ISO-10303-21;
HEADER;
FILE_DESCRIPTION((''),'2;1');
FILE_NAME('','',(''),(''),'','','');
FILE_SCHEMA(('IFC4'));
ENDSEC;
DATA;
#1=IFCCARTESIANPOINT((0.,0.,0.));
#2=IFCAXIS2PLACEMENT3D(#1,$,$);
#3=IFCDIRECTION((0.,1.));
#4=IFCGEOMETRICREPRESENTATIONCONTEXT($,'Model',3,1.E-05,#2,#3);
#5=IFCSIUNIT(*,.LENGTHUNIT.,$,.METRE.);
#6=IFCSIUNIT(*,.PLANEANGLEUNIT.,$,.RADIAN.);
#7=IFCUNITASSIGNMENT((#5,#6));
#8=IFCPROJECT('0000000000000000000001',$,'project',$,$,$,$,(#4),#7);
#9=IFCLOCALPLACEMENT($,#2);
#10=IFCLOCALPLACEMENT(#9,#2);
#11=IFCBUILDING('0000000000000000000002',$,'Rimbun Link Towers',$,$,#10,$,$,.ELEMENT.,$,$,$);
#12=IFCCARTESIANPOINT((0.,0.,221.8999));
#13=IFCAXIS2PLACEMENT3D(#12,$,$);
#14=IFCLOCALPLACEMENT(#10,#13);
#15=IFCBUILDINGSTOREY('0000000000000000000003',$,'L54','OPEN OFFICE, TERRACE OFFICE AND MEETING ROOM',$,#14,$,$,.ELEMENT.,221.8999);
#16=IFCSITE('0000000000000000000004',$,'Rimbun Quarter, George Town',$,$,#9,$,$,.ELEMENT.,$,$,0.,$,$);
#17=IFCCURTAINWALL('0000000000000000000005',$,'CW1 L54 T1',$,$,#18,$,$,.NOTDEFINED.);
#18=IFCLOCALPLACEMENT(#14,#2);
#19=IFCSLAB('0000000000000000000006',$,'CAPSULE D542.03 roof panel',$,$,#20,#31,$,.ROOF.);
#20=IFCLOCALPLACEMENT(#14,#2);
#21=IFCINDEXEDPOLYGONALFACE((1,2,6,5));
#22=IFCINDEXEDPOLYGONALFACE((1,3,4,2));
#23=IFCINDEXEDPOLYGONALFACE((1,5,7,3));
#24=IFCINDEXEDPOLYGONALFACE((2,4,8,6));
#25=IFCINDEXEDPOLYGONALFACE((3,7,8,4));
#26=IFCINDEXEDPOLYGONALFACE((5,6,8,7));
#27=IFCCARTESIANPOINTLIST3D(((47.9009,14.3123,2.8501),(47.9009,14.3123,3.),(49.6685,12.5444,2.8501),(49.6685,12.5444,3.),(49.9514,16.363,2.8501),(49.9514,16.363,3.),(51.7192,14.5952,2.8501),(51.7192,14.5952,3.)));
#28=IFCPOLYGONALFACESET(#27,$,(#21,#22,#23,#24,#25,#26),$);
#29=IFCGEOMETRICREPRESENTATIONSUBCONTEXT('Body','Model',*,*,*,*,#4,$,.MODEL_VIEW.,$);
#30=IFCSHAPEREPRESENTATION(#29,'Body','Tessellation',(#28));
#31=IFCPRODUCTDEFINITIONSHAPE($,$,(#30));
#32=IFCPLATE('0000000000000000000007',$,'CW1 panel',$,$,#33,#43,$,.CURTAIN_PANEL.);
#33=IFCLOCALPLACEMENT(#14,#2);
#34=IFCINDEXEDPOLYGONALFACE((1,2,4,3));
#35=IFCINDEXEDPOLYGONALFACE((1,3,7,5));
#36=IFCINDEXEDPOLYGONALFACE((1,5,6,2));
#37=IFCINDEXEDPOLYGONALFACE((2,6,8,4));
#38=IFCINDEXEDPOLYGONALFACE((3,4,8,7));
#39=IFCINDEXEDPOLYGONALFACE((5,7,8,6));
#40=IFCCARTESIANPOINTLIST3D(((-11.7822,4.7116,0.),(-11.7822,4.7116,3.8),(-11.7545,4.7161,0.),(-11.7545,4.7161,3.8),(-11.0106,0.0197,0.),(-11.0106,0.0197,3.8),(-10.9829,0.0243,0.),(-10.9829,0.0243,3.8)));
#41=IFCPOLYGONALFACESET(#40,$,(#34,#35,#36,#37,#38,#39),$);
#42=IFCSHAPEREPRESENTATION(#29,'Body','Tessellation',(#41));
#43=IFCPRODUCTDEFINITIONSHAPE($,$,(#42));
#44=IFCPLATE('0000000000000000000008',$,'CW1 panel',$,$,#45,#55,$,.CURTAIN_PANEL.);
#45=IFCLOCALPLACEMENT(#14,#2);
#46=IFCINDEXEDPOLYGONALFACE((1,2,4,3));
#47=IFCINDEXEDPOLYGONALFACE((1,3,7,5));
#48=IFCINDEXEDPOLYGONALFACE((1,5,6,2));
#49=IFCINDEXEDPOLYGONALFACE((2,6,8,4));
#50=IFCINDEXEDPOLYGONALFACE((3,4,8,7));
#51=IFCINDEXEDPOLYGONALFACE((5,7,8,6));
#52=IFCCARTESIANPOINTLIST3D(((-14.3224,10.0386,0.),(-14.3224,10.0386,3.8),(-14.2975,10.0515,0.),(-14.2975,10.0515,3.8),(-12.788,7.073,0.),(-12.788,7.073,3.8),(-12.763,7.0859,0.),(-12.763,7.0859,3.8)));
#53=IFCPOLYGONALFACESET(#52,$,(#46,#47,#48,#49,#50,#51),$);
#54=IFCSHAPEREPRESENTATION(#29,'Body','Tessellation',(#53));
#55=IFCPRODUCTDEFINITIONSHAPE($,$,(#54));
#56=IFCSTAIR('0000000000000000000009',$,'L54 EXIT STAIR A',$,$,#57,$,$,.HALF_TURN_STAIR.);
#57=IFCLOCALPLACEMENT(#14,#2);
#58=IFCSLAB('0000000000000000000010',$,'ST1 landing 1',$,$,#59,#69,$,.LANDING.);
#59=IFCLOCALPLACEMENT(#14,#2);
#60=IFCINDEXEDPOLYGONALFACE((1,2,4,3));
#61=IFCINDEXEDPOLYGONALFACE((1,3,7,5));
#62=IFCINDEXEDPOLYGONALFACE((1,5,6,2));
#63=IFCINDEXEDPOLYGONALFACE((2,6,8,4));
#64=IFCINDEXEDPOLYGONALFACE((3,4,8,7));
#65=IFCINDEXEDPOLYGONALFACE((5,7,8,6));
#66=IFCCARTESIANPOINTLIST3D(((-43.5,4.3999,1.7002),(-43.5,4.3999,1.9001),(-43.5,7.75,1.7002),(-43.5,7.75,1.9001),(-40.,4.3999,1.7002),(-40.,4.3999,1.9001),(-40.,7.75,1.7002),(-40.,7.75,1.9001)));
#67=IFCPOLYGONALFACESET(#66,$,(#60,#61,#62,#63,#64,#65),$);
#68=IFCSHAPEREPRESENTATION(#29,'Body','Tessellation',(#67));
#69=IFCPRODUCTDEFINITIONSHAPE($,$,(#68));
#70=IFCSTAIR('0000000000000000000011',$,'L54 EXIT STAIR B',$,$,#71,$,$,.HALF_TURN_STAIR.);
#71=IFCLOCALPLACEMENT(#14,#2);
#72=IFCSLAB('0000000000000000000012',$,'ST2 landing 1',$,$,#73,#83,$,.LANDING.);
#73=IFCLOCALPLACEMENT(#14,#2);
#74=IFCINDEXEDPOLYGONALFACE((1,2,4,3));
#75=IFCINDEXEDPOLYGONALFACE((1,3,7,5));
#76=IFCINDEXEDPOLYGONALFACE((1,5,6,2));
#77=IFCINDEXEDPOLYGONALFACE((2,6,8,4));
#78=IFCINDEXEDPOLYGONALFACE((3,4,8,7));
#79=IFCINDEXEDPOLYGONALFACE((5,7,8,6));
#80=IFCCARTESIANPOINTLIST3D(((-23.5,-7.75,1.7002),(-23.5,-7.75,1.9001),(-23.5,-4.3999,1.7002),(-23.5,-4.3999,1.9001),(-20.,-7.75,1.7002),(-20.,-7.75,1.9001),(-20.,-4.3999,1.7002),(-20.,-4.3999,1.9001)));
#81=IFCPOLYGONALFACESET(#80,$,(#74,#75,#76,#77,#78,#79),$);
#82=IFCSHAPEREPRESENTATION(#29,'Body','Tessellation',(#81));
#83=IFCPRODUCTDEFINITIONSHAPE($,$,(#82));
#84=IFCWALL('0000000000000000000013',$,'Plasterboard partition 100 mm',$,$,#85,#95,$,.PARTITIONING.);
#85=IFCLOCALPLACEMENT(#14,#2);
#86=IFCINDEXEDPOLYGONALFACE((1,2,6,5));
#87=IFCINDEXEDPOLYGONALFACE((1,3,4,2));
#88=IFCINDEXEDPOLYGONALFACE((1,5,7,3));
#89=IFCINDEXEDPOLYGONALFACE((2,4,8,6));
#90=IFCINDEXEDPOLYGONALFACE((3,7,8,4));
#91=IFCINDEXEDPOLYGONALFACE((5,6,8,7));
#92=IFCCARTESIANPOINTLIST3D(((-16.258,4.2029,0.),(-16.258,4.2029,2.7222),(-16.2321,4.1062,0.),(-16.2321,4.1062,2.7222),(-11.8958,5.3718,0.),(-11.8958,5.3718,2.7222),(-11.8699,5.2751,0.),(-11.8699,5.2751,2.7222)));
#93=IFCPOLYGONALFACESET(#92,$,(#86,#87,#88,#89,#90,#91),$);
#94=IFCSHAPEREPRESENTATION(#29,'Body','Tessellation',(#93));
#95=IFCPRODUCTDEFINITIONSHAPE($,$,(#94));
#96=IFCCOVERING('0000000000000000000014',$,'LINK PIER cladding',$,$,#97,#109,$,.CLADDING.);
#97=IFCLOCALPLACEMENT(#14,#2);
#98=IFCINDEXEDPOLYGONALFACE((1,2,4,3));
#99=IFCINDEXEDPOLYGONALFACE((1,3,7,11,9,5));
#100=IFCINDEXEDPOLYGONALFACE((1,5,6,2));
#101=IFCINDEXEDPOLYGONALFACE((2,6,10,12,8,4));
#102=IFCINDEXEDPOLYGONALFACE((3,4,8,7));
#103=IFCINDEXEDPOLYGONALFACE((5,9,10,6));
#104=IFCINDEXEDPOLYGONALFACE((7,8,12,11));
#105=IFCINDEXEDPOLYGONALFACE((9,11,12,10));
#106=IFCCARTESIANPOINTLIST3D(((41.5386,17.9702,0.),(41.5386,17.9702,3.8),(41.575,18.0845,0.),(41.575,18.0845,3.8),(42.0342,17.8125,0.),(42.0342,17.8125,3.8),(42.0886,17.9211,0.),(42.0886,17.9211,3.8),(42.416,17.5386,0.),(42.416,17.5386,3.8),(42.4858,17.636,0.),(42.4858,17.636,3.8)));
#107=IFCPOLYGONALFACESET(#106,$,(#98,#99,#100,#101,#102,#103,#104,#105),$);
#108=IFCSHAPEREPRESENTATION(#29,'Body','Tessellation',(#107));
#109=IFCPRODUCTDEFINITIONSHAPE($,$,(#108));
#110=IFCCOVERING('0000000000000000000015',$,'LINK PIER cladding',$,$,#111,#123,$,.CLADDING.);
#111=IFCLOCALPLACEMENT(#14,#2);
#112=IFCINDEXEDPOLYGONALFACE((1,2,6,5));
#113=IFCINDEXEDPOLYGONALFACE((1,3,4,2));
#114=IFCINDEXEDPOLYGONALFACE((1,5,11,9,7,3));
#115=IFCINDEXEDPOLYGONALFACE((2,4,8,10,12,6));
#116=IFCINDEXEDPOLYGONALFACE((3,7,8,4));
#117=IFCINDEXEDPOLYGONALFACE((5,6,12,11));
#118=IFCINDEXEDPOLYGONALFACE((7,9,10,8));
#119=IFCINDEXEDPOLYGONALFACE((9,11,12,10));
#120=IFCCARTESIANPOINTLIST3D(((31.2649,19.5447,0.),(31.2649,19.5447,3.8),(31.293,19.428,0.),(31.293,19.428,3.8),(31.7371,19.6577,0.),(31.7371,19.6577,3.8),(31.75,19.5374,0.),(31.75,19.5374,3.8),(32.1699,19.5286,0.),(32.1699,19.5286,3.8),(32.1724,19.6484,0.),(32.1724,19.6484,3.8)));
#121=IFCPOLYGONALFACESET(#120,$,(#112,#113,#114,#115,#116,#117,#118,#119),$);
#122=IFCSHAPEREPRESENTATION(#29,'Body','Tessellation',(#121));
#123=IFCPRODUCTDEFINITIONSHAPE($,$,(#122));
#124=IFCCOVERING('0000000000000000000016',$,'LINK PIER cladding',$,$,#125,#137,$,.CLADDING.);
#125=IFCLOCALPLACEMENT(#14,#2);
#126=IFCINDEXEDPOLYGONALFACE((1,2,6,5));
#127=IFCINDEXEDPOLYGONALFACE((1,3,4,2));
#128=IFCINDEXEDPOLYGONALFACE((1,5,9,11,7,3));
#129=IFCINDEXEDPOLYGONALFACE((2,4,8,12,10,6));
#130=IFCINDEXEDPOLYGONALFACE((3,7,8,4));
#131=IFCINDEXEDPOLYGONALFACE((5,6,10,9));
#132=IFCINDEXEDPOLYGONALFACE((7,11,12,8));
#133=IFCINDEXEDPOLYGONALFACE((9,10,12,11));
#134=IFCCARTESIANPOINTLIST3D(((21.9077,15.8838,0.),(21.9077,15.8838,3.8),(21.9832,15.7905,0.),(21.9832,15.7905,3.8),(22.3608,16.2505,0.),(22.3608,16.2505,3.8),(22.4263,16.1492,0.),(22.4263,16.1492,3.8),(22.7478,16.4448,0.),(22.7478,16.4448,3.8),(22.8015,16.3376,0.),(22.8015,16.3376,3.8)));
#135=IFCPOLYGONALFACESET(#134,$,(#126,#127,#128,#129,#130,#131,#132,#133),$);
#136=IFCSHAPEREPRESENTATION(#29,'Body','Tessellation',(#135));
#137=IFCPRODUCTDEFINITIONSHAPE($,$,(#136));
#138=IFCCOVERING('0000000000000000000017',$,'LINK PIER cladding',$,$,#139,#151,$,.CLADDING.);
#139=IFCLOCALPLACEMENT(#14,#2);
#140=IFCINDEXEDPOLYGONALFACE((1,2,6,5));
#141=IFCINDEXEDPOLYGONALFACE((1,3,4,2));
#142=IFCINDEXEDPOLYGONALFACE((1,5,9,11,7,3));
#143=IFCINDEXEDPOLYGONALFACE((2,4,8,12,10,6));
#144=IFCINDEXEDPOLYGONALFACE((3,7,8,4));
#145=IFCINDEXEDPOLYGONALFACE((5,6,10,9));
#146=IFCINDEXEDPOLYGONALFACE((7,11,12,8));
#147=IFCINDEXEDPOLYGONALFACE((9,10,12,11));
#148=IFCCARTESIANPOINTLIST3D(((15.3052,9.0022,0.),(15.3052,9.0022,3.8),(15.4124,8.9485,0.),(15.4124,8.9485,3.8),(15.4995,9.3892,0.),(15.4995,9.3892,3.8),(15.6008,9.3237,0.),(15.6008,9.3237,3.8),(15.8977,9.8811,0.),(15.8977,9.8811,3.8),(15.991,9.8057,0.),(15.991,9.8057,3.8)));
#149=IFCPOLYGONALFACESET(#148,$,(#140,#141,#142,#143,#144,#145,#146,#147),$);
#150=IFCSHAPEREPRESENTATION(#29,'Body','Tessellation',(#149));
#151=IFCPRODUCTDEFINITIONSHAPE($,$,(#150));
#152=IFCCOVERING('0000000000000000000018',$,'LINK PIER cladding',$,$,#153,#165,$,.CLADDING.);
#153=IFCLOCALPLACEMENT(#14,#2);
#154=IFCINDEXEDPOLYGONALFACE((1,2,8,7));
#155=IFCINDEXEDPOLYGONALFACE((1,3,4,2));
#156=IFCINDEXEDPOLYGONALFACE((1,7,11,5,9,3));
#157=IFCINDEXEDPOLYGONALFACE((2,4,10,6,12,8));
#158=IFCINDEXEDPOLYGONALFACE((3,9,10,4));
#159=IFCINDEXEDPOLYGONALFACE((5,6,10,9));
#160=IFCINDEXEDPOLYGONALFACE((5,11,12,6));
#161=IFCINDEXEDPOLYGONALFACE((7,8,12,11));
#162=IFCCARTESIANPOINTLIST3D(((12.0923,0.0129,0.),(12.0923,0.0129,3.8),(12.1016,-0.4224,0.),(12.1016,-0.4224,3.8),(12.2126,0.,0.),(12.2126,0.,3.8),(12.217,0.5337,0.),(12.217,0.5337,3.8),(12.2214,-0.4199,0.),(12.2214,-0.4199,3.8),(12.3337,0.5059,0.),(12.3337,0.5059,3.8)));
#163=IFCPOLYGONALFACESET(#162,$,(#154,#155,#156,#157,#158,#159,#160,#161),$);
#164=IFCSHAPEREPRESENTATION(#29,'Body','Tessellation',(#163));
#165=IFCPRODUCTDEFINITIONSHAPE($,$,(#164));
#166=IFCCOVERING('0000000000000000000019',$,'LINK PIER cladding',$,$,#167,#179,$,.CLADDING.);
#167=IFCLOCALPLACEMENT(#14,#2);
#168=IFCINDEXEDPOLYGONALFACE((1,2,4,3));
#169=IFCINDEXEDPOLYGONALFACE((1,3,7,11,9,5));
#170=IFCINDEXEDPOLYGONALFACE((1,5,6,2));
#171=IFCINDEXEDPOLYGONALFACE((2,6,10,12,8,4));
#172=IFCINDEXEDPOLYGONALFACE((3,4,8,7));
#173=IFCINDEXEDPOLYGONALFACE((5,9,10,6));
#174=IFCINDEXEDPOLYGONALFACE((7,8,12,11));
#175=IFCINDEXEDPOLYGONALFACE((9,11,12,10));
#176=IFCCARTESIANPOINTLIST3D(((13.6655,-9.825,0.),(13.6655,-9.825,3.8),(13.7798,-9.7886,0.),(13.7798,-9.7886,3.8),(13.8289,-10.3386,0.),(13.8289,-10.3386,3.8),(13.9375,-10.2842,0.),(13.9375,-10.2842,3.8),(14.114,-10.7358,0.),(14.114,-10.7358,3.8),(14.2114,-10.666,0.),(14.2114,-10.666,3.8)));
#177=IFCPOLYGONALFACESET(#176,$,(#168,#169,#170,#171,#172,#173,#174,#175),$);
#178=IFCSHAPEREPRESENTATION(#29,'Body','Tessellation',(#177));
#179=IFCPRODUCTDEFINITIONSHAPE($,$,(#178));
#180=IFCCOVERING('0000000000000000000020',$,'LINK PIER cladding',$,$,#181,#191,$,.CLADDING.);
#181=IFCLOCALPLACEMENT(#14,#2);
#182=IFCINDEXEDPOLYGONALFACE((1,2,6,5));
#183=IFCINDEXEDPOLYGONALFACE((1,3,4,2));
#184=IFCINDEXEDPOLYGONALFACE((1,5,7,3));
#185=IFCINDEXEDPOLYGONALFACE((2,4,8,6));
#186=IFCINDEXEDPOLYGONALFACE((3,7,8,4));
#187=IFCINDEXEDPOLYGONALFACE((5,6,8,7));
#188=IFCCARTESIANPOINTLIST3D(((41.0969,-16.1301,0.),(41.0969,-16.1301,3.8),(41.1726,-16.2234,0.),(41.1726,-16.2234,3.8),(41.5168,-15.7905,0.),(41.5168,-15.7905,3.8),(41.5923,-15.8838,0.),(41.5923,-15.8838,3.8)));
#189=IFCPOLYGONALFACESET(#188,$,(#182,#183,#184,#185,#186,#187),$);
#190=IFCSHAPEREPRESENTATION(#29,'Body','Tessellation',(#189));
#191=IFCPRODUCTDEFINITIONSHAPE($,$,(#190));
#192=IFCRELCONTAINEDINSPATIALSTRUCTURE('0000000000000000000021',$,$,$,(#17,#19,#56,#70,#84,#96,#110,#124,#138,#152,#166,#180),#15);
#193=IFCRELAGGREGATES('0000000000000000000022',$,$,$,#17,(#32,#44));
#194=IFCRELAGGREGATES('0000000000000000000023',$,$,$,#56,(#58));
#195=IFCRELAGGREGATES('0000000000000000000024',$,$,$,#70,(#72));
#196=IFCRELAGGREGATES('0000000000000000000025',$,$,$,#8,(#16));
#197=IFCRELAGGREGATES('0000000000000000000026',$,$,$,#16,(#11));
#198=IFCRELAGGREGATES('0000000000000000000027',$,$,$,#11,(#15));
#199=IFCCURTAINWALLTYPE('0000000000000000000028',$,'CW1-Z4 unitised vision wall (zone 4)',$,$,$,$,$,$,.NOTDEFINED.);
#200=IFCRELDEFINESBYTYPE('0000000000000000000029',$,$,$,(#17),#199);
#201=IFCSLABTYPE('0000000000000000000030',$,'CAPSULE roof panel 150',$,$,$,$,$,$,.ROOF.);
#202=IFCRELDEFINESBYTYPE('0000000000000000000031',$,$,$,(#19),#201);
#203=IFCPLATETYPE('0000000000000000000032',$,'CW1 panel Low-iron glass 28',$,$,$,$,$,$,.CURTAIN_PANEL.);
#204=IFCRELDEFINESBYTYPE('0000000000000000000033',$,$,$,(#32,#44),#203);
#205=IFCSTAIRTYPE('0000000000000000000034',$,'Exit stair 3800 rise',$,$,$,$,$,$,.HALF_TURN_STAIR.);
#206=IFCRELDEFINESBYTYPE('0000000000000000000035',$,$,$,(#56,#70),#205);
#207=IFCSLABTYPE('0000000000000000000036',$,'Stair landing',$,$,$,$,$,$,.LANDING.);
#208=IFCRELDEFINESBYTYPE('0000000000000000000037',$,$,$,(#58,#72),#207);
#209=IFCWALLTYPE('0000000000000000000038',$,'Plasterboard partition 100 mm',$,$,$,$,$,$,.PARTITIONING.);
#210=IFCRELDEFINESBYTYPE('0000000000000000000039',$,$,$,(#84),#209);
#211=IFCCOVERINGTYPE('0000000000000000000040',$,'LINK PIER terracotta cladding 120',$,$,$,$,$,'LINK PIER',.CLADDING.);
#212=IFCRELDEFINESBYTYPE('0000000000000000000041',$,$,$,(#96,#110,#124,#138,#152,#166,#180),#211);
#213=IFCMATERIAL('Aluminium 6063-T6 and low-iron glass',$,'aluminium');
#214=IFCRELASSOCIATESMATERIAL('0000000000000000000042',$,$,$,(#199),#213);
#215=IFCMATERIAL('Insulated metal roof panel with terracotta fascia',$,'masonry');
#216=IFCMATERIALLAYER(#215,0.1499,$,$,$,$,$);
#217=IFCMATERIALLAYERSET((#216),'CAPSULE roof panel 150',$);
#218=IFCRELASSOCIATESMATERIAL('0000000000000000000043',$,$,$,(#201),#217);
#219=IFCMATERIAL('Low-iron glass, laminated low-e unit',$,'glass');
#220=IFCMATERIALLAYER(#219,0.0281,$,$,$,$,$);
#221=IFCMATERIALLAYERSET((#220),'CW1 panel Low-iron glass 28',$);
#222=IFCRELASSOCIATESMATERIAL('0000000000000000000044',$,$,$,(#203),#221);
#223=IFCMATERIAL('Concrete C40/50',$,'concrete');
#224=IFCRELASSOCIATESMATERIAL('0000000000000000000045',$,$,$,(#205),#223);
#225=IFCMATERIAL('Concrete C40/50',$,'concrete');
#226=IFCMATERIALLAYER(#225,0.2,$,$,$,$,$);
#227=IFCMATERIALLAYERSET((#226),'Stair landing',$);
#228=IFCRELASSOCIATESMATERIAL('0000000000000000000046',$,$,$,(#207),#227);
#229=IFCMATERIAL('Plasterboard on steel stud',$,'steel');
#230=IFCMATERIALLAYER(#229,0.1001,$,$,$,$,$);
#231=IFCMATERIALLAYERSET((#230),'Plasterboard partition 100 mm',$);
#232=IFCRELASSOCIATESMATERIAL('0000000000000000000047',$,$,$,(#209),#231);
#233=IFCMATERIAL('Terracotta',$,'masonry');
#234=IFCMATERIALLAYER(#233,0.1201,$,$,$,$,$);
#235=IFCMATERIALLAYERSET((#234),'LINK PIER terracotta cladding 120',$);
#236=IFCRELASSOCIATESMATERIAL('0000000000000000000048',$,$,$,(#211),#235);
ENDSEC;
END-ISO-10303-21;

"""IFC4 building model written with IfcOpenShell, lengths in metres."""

from ifc_helpers import new_model, si_unit, direction, frame, frame_2d, origin, origin_2d, place, context, subcontext, project, spatial, polyline, rectangle, outline, extrude, material, layer, layer_set, type_object, element, aggregate, save


model = new_model("IFC4")

# Units and contexts
model_context = context("Model", 3, precision=1e-05, world=origin(), true_north=direction((0.0, 1.0)))
body_context = subcontext(model_context, "Body", "Model", "MODEL_VIEW")
ifc_project = project(units=[si_unit("LENGTHUNIT", "METRE"), si_unit("PLANEANGLEUNIT", "RADIAN")], contexts=[model_context])

# Site, building, storey
site_placement = place(None, origin())
site = spatial("IfcSite", under=ifc_project, at=site_placement, Name="Rimbun Quarter, George Town", CompositionType="ELEMENT", RefElevation=0.0)
building_placement = place(site_placement, origin())
building = spatial("IfcBuilding", under=site, at=building_placement, Name="Rimbun Link Towers", CompositionType="ELEMENT")
storey_placement = place(building_placement, frame((0.0, 0.0, 221.8999)))
storey = spatial("IfcBuildingStorey", under=building, at=storey_placement, Name="L54", Description="OPEN OFFICE, TERRACE OFFICE AND MEETING ROOM", CompositionType="ELEMENT", Elevation=221.8999)

# Curtain wall
ifc_material_1 = material(Name="Aluminium 6063-T6 and low-iron glass", Category="aluminium")
curtain_wall_type = type_object("IfcCurtainWallType", Name="CW1-Z4 unitised vision wall (zone 4)", PredefinedType="NOTDEFINED", material=ifc_material_1)
curtain_wall_placement = place(storey_placement, origin())
curtain_wall = element("IfcCurtainWall", 1, at=curtain_wall_placement, inside=storey, type_object=curtain_wall_type, Name="CW1 L54 T1", PredefinedType="NOTDEFINED")

# Slab
ifc_material_2 = material(Name="Insulated metal roof panel with terracotta fascia", Category="masonry")
ifc_layer_1 = layer(ifc_material_2, 0.1499)
ifc_layer_set_1 = layer_set([ifc_layer_1], Name="CAPSULE roof panel 150")
slab_type_1 = type_object("IfcSlabType", Name="CAPSULE roof panel 150", PredefinedType="ROOF", material=ifc_layer_set_1)
slab_1_placement = place(storey_placement, frame((0.0, 0.0, 2.8501)))
element("IfcSlab", 2, at=slab_1_placement, inside=storey, type_object=slab_type_1, Name="CAPSULE D542.03 roof panel", PredefinedType="ROOF", context=body_context, shape_type="SweptSolid", body=[
    extrude(outline(polyline([(51.7192, 14.5952), (49.9514, 16.363), (47.9009, 14.3123), (49.6685, 12.5444), (51.7192, 14.5952)])), origin(), (0.0, 0.0, 1.0), 0.1499),
])

# Plates
ifc_material_3 = material(Name="Low-iron glass, laminated low-e unit", Category="glass")
ifc_layer_2 = layer(ifc_material_3, 0.0281)
ifc_layer_set_2 = layer_set([ifc_layer_2], Name="CW1 panel Low-iron glass 28")
plate_type = type_object("IfcPlateType", Name="CW1 panel Low-iron glass 28", PredefinedType="CURTAIN_PANEL", material=ifc_layer_set_2)
plate_1_placement = place(storey_placement, frame((-11.3826, 2.3679, 0.0), z_axis=(0.0, 0.0, 1.0), x_axis=(0.162264, -0.986747, 0.0)))
plate_1 = element("IfcPlate", 3, at=plate_1_placement, type_object=plate_type, Name="CW1 panel", PredefinedType="CURTAIN_PANEL", context=body_context, shape_type="SweptSolid", body=[
    extrude(rectangle(XDim=4.7549, YDim=0.0281, at=origin_2d()), origin(), (0.0, 0.0, 1.0), 3.8),
])
plate_2_placement = place(storey_placement, frame((-13.5427, 8.5623, 0.0), z_axis=(0.0, 0.0, 1.0), x_axis=(0.459548, -0.888153, 0.0)))
plate_2 = element("IfcPlate", 4, at=plate_2_placement, type_object=plate_type, Name="CW1 panel", PredefinedType="CURTAIN_PANEL", context=body_context, shape_type="SweptSolid", body=[
    extrude(rectangle(XDim=3.3391, YDim=0.0281, at=origin_2d()), origin(), (0.0, 0.0, 1.0), 3.8),
])
aggregate(curtain_wall, [plate_1, plate_2])

# Stairs, slabs
ifc_material_4 = material(Name="Concrete C40/50", Category="concrete")
stair_type = type_object("IfcStairType", Name="Exit stair 3800 rise", PredefinedType="HALF_TURN_STAIR", material=ifc_material_4)
stair_1_placement = place(storey_placement, origin())
stair_1 = element("IfcStair", 5, at=stair_1_placement, inside=storey, type_object=stair_type, Name="L54 EXIT STAIR A", PredefinedType="HALF_TURN_STAIR")
ifc_material_5 = material(Name="Concrete C40/50", Category="concrete")
ifc_layer_3 = layer(ifc_material_5, 0.2)
ifc_layer_set_3 = layer_set([ifc_layer_3], Name="Stair landing")
slab_type_2 = type_object("IfcSlabType", Name="Stair landing", PredefinedType="LANDING", material=ifc_layer_set_3)
slab_2_placement = place(storey_placement, frame((0.0, 0.0, 1.7002)))
slab_2 = element("IfcSlab", 6, at=slab_2_placement, type_object=slab_type_2, Name="ST1 landing 1", PredefinedType="LANDING", context=body_context, shape_type="SweptSolid", body=[
    extrude(outline(polyline([(-40.0, 7.75), (-43.5, 7.75), (-43.5, 4.3999), (-40.0, 4.3999), (-40.0, 7.75)])), origin(), (0.0, 0.0, 1.0), 0.2),
])
aggregate(stair_1, [slab_2])
stair_2_placement = place(storey_placement, origin())
stair_2 = element("IfcStair", 7, at=stair_2_placement, inside=storey, type_object=stair_type, Name="L54 EXIT STAIR B", PredefinedType="HALF_TURN_STAIR")
slab_3_placement = place(storey_placement, frame((0.0, 0.0, 1.7002)))
slab_3 = element("IfcSlab", 8, at=slab_3_placement, type_object=slab_type_2, Name="ST2 landing 1", PredefinedType="LANDING", context=body_context, shape_type="SweptSolid", body=[
    extrude(outline(polyline([(-23.5, -7.75), (-20.0, -7.75), (-20.0, -4.3999), (-23.5, -4.3999), (-23.5, -7.75)])), origin(), (0.0, 0.0, 1.0), 0.2),
])
aggregate(stair_2, [slab_3])

# Wall
ifc_material_6 = material(Name="Plasterboard on steel stud", Category="steel")
ifc_layer_4 = layer(ifc_material_6, 0.1001)
ifc_layer_set_4 = layer_set([ifc_layer_4], Name="Plasterboard partition 100 mm")
wall_type = type_object("IfcWallType", Name="Plasterboard partition 100 mm", PredefinedType="PARTITIONING", material=ifc_layer_set_4)
wall_placement = place(storey_placement, frame((-11.8828, 5.3235, 0.0), z_axis=(0.0, 0.0, 1.0), x_axis=(-0.965922, -0.258833, 0.0)))
element("IfcWall", 9, at=wall_placement, inside=storey, type_object=wall_type, Name="Plasterboard partition 100 mm", PredefinedType="PARTITIONING", context=body_context, shape_type="SweptSolid", body=[
    extrude(rectangle(XDim=4.5161, YDim=0.1001, at=frame_2d((2.2581, 0.0))), origin(), (0.0, 0.0, 1.0), 2.7222),
])

# Coverings
ifc_material_7 = material(Name="Terracotta", Category="masonry")
ifc_layer_5 = layer(ifc_material_7, 0.1201)
ifc_layer_set_5 = layer_set([ifc_layer_5], Name="LINK PIER terracotta cladding 120")
covering_type_1 = type_object("IfcCoveringType", Name="LINK PIER terracotta cladding 120", ElementType="LINK PIER", PredefinedType="CLADDING", material=ifc_layer_set_5)
covering_1_placement = place(storey_placement, origin())
element("IfcCovering", 10, at=covering_1_placement, inside=storey, type_object=covering_type_1, Name="LINK PIER cladding", PredefinedType="CLADDING", context=body_context, shape_type="SweptSolid", body=[
    extrude(outline(polyline([(41.5386, 17.9702), (42.0342, 17.8125), (42.416, 17.5386), (42.4858, 17.636), (42.0886, 17.9211), (41.575, 18.0845), (41.5386, 17.9702)])), origin(), (0.0, 0.0, 1.0), 3.8),
])
covering_2_placement = place(storey_placement, origin())
element("IfcCovering", 11, at=covering_2_placement, inside=storey, type_object=covering_type_1, Name="LINK PIER cladding", PredefinedType="CLADDING", context=body_context, shape_type="SweptSolid", body=[
    extrude(outline(polyline([(31.293, 19.428), (31.75, 19.5374), (32.1699, 19.5286), (32.1724, 19.6484), (31.7371, 19.6577), (31.2649, 19.5447), (31.293, 19.428)])), origin(), (0.0, 0.0, 1.0), 3.8),
])
covering_3_placement = place(storey_placement, origin())
element("IfcCovering", 12, at=covering_3_placement, inside=storey, type_object=covering_type_1, Name="LINK PIER cladding", PredefinedType="CLADDING", context=body_context, shape_type="SweptSolid", body=[
    extrude(outline(polyline([(21.9832, 15.7905), (22.4263, 16.1492), (22.8015, 16.3376), (22.7478, 16.4448), (22.3608, 16.2505), (21.9077, 15.8838), (21.9832, 15.7905)])), origin(), (0.0, 0.0, 1.0), 3.8),
])
covering_4_placement = place(storey_placement, origin())
element("IfcCovering", 13, at=covering_4_placement, inside=storey, type_object=covering_type_1, Name="LINK PIER cladding", PredefinedType="CLADDING", context=body_context, shape_type="SweptSolid", body=[
    extrude(outline(polyline([(15.4124, 8.9485), (15.6008, 9.3237), (15.991, 9.8057), (15.8977, 9.8811), (15.4995, 9.3892), (15.3052, 9.0022), (15.4124, 8.9485)])), origin(), (0.0, 0.0, 1.0), 3.8),
])
covering_5_placement = place(storey_placement, origin())
element("IfcCovering", 14, at=covering_5_placement, inside=storey, type_object=covering_type_1, Name="LINK PIER cladding", PredefinedType="CLADDING", context=body_context, shape_type="SweptSolid", body=[
    extrude(outline(polyline([(12.2214, -0.4199), (12.2126, 0.0), (12.3337, 0.5059), (12.217, 0.5337), (12.0923, 0.0129), (12.1016, -0.4224), (12.2214, -0.4199)])), origin(), (0.0, 0.0, 1.0), 3.8),
])
covering_6_placement = place(storey_placement, origin())
element("IfcCovering", 15, at=covering_6_placement, inside=storey, type_object=covering_type_1, Name="LINK PIER cladding", PredefinedType="CLADDING", context=body_context, shape_type="SweptSolid", body=[
    extrude(outline(polyline([(14.2114, -10.666), (13.9375, -10.2842), (13.7798, -9.7886), (13.6655, -9.825), (13.8289, -10.3386), (14.114, -10.7358), (14.2114, -10.666)])), origin(), (0.0, 0.0, 1.0), 3.8),
])
covering_7_placement = place(storey_placement, origin())
element("IfcCovering", 16, at=covering_7_placement, inside=storey, type_object=covering_type_1, Name="LINK PIER cladding", PredefinedType="CLADDING", context=body_context, shape_type="SweptSolid", body=[
    extrude(outline(polyline([(41.5168, -15.7905), (41.0969, -16.1301), (41.1726, -16.2234), (41.5923, -15.8838), (41.5168, -15.7905)])), origin(), (0.0, 0.0, 1.0), 3.8),
])

save(model, "model.ifc")
